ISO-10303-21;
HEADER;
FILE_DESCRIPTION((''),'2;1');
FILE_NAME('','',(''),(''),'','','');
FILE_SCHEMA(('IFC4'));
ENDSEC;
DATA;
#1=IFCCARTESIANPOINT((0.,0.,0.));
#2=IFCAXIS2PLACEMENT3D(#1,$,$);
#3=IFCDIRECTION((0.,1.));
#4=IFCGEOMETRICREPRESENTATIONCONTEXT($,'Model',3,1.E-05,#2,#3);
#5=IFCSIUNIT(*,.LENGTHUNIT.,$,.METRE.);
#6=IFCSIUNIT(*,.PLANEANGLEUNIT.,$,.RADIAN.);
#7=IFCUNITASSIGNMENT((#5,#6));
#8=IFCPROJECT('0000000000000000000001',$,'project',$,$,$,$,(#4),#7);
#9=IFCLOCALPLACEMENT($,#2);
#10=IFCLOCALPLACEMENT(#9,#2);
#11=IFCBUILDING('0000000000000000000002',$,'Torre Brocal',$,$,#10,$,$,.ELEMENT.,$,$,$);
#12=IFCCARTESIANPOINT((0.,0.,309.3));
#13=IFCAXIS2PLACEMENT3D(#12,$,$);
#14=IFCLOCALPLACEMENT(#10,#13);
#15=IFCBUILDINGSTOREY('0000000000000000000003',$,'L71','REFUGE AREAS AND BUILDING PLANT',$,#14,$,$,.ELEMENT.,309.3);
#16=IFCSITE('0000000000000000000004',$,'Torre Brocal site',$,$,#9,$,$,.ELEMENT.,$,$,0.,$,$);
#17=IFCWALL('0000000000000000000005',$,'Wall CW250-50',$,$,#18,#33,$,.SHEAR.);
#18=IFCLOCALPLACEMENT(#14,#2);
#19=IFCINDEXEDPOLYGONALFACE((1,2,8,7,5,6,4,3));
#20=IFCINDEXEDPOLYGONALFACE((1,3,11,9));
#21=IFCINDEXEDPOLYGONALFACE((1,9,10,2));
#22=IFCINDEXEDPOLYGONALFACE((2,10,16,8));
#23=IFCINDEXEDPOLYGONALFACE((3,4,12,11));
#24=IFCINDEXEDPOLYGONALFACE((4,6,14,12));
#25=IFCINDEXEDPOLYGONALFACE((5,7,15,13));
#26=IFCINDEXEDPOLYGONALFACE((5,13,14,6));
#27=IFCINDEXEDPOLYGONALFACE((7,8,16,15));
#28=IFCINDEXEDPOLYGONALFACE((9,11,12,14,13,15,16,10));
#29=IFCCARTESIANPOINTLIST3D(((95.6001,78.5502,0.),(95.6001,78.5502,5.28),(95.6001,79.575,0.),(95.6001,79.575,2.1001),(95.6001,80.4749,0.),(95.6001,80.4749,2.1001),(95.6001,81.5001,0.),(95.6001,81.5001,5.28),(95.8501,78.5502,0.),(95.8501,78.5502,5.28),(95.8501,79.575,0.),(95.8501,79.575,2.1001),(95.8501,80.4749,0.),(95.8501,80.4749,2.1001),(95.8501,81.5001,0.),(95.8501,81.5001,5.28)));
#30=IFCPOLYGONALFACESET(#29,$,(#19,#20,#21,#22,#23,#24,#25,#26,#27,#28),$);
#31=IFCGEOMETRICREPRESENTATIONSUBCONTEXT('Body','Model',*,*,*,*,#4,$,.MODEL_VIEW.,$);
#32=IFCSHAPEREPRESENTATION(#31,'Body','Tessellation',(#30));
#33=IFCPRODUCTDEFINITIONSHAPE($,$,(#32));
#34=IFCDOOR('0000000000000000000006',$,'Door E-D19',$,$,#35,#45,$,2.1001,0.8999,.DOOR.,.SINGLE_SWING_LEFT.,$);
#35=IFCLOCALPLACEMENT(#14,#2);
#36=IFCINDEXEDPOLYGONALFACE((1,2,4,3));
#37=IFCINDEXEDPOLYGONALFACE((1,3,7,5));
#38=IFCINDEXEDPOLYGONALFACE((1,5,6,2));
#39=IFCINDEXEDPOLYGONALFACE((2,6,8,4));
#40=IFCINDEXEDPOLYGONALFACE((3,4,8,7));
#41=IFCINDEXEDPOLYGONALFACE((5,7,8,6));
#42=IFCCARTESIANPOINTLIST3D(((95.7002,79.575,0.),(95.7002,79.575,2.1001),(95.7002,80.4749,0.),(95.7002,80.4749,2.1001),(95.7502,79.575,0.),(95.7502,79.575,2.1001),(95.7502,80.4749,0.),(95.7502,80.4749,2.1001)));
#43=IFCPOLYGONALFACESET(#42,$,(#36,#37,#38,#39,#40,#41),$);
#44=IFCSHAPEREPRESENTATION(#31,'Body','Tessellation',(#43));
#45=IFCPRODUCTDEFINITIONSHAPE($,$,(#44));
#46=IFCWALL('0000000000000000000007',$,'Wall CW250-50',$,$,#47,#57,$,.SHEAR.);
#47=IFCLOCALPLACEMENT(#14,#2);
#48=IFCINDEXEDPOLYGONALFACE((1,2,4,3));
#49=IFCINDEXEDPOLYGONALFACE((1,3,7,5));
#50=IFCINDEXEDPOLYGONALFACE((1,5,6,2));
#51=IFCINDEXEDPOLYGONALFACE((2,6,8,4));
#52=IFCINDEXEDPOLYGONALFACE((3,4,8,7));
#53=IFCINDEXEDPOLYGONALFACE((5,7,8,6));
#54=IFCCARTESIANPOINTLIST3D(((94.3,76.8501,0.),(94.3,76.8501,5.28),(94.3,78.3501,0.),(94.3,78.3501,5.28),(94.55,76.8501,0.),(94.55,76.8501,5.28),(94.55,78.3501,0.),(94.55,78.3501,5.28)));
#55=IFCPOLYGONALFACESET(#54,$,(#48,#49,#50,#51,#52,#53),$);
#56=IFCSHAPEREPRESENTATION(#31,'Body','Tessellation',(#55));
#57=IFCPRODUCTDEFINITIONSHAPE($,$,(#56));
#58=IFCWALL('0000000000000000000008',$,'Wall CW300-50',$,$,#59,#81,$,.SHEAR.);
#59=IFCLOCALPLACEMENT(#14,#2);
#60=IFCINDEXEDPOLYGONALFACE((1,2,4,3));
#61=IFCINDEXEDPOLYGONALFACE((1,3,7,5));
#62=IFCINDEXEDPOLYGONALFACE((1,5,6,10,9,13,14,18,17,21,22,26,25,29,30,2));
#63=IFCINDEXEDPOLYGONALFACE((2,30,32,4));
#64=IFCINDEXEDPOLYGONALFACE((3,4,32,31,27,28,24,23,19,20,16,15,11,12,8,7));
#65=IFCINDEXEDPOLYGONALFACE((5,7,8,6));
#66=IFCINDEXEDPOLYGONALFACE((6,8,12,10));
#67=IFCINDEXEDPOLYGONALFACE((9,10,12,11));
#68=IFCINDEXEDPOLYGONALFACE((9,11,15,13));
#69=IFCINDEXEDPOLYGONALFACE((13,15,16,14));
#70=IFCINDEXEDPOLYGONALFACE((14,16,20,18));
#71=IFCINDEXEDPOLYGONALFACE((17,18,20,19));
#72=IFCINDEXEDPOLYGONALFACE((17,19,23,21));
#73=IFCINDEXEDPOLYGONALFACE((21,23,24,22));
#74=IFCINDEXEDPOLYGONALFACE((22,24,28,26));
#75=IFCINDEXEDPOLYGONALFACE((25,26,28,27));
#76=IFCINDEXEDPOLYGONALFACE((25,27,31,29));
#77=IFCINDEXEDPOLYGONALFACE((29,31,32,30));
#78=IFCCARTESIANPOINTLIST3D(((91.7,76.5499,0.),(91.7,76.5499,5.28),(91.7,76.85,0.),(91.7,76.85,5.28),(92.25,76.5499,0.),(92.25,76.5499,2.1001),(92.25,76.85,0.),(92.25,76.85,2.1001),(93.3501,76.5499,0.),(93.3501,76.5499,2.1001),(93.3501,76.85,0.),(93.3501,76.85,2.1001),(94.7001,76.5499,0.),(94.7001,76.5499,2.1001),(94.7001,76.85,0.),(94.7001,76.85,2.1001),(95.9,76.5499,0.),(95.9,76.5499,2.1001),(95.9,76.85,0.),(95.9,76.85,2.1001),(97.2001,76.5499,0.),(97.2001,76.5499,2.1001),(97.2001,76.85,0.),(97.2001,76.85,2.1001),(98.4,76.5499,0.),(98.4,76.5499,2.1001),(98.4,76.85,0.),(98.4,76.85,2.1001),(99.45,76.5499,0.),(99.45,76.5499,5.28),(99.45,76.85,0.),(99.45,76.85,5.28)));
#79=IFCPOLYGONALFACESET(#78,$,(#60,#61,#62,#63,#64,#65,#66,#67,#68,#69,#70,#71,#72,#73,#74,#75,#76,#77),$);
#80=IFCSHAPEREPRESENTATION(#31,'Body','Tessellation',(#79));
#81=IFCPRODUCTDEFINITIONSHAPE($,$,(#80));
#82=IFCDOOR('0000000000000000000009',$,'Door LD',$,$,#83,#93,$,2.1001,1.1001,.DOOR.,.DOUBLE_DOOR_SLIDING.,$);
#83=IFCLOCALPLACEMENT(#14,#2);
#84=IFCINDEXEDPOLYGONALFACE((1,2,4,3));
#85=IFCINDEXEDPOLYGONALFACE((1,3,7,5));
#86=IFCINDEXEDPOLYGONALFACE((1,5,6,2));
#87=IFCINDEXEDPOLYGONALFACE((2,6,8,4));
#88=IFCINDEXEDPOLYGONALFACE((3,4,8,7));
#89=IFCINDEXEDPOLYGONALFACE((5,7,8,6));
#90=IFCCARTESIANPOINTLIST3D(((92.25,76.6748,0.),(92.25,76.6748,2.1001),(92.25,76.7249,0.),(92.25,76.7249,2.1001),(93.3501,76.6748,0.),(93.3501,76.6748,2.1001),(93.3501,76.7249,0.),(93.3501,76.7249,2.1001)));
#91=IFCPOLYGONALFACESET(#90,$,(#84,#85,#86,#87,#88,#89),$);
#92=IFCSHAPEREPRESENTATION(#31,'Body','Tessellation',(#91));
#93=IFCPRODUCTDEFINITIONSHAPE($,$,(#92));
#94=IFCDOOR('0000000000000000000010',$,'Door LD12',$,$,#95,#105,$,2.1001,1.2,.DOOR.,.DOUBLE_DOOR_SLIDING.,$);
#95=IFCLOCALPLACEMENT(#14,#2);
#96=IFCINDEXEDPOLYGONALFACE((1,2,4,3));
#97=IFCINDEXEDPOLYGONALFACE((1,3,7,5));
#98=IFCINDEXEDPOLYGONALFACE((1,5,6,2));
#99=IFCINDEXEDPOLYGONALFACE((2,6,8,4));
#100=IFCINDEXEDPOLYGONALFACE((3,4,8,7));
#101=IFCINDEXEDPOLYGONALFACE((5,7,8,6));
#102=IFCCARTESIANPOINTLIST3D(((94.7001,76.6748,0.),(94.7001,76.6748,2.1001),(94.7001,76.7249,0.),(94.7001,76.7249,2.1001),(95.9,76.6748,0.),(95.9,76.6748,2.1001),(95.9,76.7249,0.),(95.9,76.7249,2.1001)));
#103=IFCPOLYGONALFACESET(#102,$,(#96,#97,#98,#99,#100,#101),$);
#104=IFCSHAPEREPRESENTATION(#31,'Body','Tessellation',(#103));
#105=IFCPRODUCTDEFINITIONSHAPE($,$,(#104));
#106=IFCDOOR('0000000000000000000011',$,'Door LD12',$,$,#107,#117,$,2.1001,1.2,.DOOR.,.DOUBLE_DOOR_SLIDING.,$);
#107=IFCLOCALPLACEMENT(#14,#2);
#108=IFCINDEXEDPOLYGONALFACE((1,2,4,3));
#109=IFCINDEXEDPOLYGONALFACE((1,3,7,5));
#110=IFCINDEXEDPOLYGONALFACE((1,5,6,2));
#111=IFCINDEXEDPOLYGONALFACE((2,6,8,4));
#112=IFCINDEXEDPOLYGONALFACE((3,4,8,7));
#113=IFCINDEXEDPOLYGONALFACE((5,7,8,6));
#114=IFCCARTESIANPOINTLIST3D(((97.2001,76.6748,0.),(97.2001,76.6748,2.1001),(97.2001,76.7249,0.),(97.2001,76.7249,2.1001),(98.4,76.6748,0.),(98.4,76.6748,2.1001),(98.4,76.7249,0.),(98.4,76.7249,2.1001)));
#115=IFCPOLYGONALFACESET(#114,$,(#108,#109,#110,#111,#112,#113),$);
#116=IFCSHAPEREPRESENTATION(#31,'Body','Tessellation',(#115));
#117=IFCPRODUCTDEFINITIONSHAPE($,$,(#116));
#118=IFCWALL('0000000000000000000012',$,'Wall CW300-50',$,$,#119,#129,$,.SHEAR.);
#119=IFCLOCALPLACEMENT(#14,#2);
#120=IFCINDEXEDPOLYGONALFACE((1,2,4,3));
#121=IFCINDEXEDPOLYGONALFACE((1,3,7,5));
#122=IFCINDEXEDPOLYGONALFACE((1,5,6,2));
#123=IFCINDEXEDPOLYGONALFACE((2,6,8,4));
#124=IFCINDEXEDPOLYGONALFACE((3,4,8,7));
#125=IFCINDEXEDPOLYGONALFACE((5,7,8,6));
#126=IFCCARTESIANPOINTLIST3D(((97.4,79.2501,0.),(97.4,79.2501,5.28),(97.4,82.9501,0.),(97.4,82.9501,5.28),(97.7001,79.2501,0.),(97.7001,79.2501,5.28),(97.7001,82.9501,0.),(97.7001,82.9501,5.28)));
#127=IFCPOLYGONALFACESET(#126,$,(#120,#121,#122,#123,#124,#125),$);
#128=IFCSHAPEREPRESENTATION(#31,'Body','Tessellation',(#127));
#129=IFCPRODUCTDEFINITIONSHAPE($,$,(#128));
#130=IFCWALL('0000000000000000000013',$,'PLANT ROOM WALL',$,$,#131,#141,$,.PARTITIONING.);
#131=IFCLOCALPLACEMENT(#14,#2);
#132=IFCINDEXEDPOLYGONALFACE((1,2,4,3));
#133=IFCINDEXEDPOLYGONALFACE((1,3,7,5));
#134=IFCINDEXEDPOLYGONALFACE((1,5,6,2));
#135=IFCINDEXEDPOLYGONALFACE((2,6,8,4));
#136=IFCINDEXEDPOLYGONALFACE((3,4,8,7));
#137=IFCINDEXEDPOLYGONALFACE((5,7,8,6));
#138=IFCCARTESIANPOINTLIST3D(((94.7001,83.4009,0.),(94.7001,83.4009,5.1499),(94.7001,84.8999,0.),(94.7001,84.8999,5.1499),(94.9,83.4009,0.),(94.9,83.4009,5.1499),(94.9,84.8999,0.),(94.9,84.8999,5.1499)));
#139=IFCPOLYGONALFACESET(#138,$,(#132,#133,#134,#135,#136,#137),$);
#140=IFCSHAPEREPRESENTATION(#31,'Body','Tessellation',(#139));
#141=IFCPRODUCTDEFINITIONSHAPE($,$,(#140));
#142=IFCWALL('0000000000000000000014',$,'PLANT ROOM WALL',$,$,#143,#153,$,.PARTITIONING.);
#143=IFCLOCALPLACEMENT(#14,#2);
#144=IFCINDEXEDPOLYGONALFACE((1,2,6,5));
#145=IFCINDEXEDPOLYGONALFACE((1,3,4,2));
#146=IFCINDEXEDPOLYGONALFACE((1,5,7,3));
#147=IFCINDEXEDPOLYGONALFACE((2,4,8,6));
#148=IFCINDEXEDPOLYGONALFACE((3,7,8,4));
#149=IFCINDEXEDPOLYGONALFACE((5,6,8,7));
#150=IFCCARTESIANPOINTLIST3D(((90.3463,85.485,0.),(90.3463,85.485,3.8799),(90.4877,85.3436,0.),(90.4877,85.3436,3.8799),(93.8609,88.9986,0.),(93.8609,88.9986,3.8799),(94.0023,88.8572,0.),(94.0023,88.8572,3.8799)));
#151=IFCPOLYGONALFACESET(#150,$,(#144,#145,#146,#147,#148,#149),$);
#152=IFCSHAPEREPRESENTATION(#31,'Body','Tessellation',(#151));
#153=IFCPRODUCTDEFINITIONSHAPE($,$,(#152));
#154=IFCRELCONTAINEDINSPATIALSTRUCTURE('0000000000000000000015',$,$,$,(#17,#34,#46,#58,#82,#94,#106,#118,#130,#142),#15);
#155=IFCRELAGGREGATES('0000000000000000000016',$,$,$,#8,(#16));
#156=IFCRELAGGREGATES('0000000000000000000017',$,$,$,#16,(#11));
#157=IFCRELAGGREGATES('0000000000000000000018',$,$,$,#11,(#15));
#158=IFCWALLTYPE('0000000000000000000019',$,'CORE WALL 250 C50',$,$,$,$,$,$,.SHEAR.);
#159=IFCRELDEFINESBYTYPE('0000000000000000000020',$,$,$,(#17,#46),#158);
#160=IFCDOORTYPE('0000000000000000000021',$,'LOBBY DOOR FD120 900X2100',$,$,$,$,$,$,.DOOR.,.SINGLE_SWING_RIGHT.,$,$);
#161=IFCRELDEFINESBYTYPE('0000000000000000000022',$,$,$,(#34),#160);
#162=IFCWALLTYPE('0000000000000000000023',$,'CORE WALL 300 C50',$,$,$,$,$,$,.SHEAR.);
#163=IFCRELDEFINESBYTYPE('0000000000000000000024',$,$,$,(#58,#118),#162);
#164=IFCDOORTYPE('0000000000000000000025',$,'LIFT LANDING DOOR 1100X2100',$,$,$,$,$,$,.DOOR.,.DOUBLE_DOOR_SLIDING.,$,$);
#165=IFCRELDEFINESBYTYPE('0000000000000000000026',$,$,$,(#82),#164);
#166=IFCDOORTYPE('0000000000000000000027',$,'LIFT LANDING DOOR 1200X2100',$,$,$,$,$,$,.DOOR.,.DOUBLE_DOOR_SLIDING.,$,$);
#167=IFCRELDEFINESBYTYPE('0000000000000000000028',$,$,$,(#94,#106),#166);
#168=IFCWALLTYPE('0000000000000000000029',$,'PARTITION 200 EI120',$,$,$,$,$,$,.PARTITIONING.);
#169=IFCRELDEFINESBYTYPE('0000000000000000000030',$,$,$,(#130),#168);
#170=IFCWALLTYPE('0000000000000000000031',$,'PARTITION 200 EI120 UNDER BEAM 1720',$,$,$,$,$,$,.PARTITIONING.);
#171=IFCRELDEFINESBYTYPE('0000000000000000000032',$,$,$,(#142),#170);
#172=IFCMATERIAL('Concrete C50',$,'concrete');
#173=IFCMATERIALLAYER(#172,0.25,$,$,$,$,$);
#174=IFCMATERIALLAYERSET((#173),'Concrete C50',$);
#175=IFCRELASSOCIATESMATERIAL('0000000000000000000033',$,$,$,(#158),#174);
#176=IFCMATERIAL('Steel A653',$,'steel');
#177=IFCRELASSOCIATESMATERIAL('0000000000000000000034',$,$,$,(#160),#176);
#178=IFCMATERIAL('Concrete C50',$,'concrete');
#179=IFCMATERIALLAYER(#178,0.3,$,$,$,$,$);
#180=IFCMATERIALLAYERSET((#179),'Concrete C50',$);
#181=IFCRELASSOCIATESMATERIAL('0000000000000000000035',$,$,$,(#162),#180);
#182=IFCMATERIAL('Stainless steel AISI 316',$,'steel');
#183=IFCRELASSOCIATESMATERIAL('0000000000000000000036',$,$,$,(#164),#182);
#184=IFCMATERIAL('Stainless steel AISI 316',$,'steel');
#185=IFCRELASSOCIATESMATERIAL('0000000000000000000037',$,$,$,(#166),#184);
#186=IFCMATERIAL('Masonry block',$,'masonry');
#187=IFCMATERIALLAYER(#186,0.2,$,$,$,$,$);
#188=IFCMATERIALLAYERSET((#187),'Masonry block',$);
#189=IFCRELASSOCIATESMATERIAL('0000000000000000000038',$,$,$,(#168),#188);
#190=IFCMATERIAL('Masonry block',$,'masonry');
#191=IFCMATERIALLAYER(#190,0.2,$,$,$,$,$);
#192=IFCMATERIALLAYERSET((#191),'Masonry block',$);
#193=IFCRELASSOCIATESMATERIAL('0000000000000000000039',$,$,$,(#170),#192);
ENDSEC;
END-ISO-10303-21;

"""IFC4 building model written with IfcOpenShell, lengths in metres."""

from ifc_helpers import new_model, si_unit, direction, frame, frame_2d, origin, place, context, subcontext, project, spatial, rectangle, extrude, material, layer, layer_set, type_object, element, fill, save


model = new_model("IFC4")

# Units and contexts
model_context = context("Model", 3, precision=1e-05, world=origin(), true_north=direction((0.0, 1.0)))
body_context = subcontext(model_context, "Body", "Model", "MODEL_VIEW")
ifc_project = project(units=[si_unit("LENGTHUNIT", "METRE"), si_unit("PLANEANGLEUNIT", "RADIAN")], contexts=[model_context])

# Site, building, storey
site_placement = place(None, origin())
site = spatial("IfcSite", under=ifc_project, at=site_placement, Name="Torre Brocal site", CompositionType="ELEMENT", RefElevation=0.0)
building_placement = place(site_placement, origin())
building = spatial("IfcBuilding", under=site, at=building_placement, Name="Torre Brocal", CompositionType="ELEMENT")
storey_placement = place(building_placement, frame((0.0, 0.0, 309.3)))
storey = spatial("IfcBuildingStorey", under=building, at=storey_placement, Name="L71", Description="REFUGE AREAS AND BUILDING PLANT", CompositionType="ELEMENT", Elevation=309.3)

# Wall, opening, door
ifc_material_1 = material(Name="Concrete C50", Category="concrete")
ifc_layer_1 = layer(ifc_material_1, 0.25)
ifc_layer_set_1 = layer_set([ifc_layer_1], Name="Concrete C50")
wall_type_1 = type_object("IfcWallType", Name="CORE WALL 250 C50", PredefinedType="SHEAR", material=ifc_layer_set_1)
wall_1_placement = place(storey_placement, frame((95.7251, 78.55, 0.0), z_axis=(0.0, 0.0, 1.0), x_axis=(0.0, 1.0, 0.0)))
wall_1 = element("IfcWall", 1, at=wall_1_placement, inside=storey, type_object=wall_type_1, Name="Wall CW250-50", PredefinedType="SHEAR", context=body_context, shape_type="SweptSolid", body=[
    extrude(rectangle(XDim=2.95, YDim=0.25, at=frame_2d((1.4751, 0.0))), origin(), (0.0, 0.0, 1.0), 5.28),
])
opening_1_placement = place(wall_1_placement, frame((1.0249, 0.0, 0.0)))
opening_1 = element("IfcOpeningElement", 2, at=opening_1_placement, cuts=wall_1, PredefinedType="OPENING", context=body_context, shape_type="SweptSolid", body=[
    extrude(rectangle(XDim=0.8999, YDim=2.1001, at=frame_2d((0.45, 1.05))), frame((0.0, 0.135, 0.0), z_axis=(0.0, -1.0, 0.0), x_axis=(1.0, 0.0, 0.0)), (0.0, 0.0, 1.0), 0.27),
])
ifc_material_2 = material(Name="Steel A653", Category="steel")
door_type_1 = type_object("IfcDoorType", Name="LOBBY DOOR FD120 900X2100", OperationType="SINGLE_SWING_RIGHT", PredefinedType="DOOR", material=ifc_material_2)
door_1_placement = place(opening_1_placement, origin())
door_1 = element("IfcDoor", 3, at=door_1_placement, inside=storey, type_object=door_type_1, Name="Door E-D19", OperationType="SINGLE_SWING_LEFT", OverallHeight=2.1001, OverallWidth=0.8999, PredefinedType="DOOR", context=body_context, shape_type="SweptSolid", body=[
    extrude(rectangle(XDim=0.8999, YDim=2.1001, at=frame_2d((0.45, 1.05))), frame((0.0, 0.0249, 0.0), z_axis=(0.0, -1.0, 0.0), x_axis=(1.0, 0.0, 0.0)), (0.0, 0.0, 1.0), 0.05),
])
fill(opening_1, door_1)

# Wall
wall_2_placement = place(storey_placement, frame((94.425, 76.8501, 0.0), z_axis=(0.0, 0.0, 1.0), x_axis=(0.0, 1.0, 0.0)))
element("IfcWall", 4, at=wall_2_placement, inside=storey, type_object=wall_type_1, Name="Wall CW250-50", PredefinedType="SHEAR", context=body_context, shape_type="SweptSolid", body=[
    extrude(rectangle(XDim=1.5, YDim=0.25, at=frame_2d((0.75, 0.0))), origin(), (0.0, 0.0, 1.0), 5.28),
])

# Wall, openings, doors
ifc_material_3 = material(Name="Concrete C50", Category="concrete")
ifc_layer_2 = layer(ifc_material_3, 0.3)
ifc_layer_set_2 = layer_set([ifc_layer_2], Name="Concrete C50")
wall_type_2 = type_object("IfcWallType", Name="CORE WALL 300 C50", PredefinedType="SHEAR", material=ifc_layer_set_2)
wall_3_placement = place(storey_placement, frame((91.7, 76.7, 0.0), z_axis=(0.0, 0.0, 1.0), x_axis=(1.0, 0.0, 0.0)))
wall_3 = element("IfcWall", 5, at=wall_3_placement, inside=storey, type_object=wall_type_2, Name="Wall CW300-50", PredefinedType="SHEAR", context=body_context, shape_type="SweptSolid", body=[
    extrude(rectangle(XDim=7.75, YDim=0.3, at=frame_2d((3.875, 0.0))), origin(), (0.0, 0.0, 1.0), 5.28),
])
opening_2_placement = place(wall_3_placement, frame((0.55, 0.0, 0.0)))
opening_2 = element("IfcOpeningElement", 6, at=opening_2_placement, cuts=wall_3, PredefinedType="OPENING", context=body_context, shape_type="SweptSolid", body=[
    extrude(rectangle(XDim=1.1001, YDim=2.1001, at=frame_2d((0.55, 1.05))), frame((0.0, 0.1599, 0.0), z_axis=(0.0, -1.0, 0.0), x_axis=(1.0, 0.0, 0.0)), (0.0, 0.0, 1.0), 0.3201),
])
opening_3_placement = place(wall_3_placement, frame((3.0, 0.0, 0.0)))
opening_3 = element("IfcOpeningElement", 7, at=opening_3_placement, cuts=wall_3, PredefinedType="OPENING", context=body_context, shape_type="SweptSolid", body=[
    extrude(rectangle(XDim=1.2, YDim=2.1001, at=frame_2d((0.6001, 1.05))), frame((0.0, 0.1599, 0.0), z_axis=(0.0, -1.0, 0.0), x_axis=(1.0, 0.0, 0.0)), (0.0, 0.0, 1.0), 0.3201),
])
opening_4_placement = place(wall_3_placement, frame((5.5, 0.0, 0.0)))
opening_4 = element("IfcOpeningElement", 8, at=opening_4_placement, cuts=wall_3, PredefinedType="OPENING", context=body_context, shape_type="SweptSolid", body=[
    extrude(rectangle(XDim=1.2, YDim=2.1001, at=frame_2d((0.6001, 1.05))), frame((0.0, 0.1599, 0.0), z_axis=(0.0, -1.0, 0.0), x_axis=(1.0, 0.0, 0.0)), (0.0, 0.0, 1.0), 0.3201),
])
ifc_material_4 = material(Name="Stainless steel AISI 316", Category="steel")
door_type_2 = type_object("IfcDoorType", Name="LIFT LANDING DOOR 1100X2100", OperationType="DOUBLE_DOOR_SLIDING", PredefinedType="DOOR", material=ifc_material_4)
door_2_placement = place(opening_2_placement, origin())
door_2 = element("IfcDoor", 9, at=door_2_placement, inside=storey, type_object=door_type_2, Name="Door LD", OperationType="DOUBLE_DOOR_SLIDING", OverallHeight=2.1001, OverallWidth=1.1001, PredefinedType="DOOR", context=body_context, shape_type="SweptSolid", body=[
    extrude(rectangle(XDim=1.1001, YDim=2.1001, at=frame_2d((0.55, 1.05))), frame((0.0, 0.0249, 0.0), z_axis=(0.0, -1.0, 0.0), x_axis=(1.0, 0.0, 0.0)), (0.0, 0.0, 1.0), 0.05),
])
fill(opening_2, door_2)
ifc_material_5 = material(Name="Stainless steel AISI 316", Category="steel")
door_type_3 = type_object("IfcDoorType", Name="LIFT LANDING DOOR 1200X2100", OperationType="DOUBLE_DOOR_SLIDING", PredefinedType="DOOR", material=ifc_material_5)
door_3_placement = place(opening_3_placement, origin())
door_3 = element("IfcDoor", 10, at=door_3_placement, inside=storey, type_object=door_type_3, Name="Door LD12", OperationType="DOUBLE_DOOR_SLIDING", OverallHeight=2.1001, OverallWidth=1.2, PredefinedType="DOOR", context=body_context, shape_type="SweptSolid", body=[
    extrude(rectangle(XDim=1.2, YDim=2.1001, at=frame_2d((0.6001, 1.05))), frame((0.0, 0.0249, 0.0), z_axis=(0.0, -1.0, 0.0), x_axis=(1.0, 0.0, 0.0)), (0.0, 0.0, 1.0), 0.05),
])
fill(opening_3, door_3)
door_4_placement = place(opening_4_placement, origin())
door_4 = element("IfcDoor", 11, at=door_4_placement, inside=storey, type_object=door_type_3, Name="Door LD12", OperationType="DOUBLE_DOOR_SLIDING", OverallHeight=2.1001, OverallWidth=1.2, PredefinedType="DOOR", context=body_context, shape_type="SweptSolid", body=[
    extrude(rectangle(XDim=1.2, YDim=2.1001, at=frame_2d((0.6001, 1.05))), frame((0.0, 0.0249, 0.0), z_axis=(0.0, -1.0, 0.0), x_axis=(1.0, 0.0, 0.0)), (0.0, 0.0, 1.0), 0.05),
])
fill(opening_4, door_4)

# Wall
wall_4_placement = place(storey_placement, frame((97.55, 79.25, 0.0), z_axis=(0.0, 0.0, 1.0), x_axis=(0.0, 1.0, 0.0)))
element("IfcWall", 12, at=wall_4_placement, inside=storey, type_object=wall_type_2, Name="Wall CW300-50", PredefinedType="SHEAR", context=body_context, shape_type="SweptSolid", body=[
    extrude(rectangle(XDim=3.7, YDim=0.3, at=frame_2d((1.8501, 0.0))), origin(), (0.0, 0.0, 1.0), 5.28),
])

# Shared definitions
ifc_material_6 = material(Name="Masonry block", Category="masonry")
ifc_layer_3 = layer(ifc_material_6, 0.2)
ifc_layer_set_3 = layer_set([ifc_layer_3], Name="Masonry block")
wall_type_3 = type_object("IfcWallType", Name="PARTITION 200 EI120", PredefinedType="PARTITIONING", material=ifc_layer_set_3)

# Walls
wall_5_placement = place(storey_placement, frame((94.8, 83.4009, 0.0), z_axis=(0.0, 0.0, 1.0), x_axis=(0.0, 1.0, 0.0)))
element("IfcWall", 13, at=wall_5_placement, inside=storey, type_object=wall_type_3, Name="PLANT ROOM WALL", PredefinedType="PARTITIONING", context=body_context, shape_type="SweptSolid", body=[
    extrude(rectangle(XDim=1.499, YDim=0.2, at=frame_2d((0.7495, 0.0))), origin(), (0.0, 0.0, 1.0), 5.1499),
])
ifc_material_7 = material(Name="Masonry block", Category="masonry")
ifc_layer_4 = layer(ifc_material_7, 0.2)
ifc_layer_set_4 = layer_set([ifc_layer_4], Name="Masonry block")
wall_type_4 = type_object("IfcWallType", Name="PARTITION 200 EI120 UNDER BEAM 1720", PredefinedType="PARTITIONING", material=ifc_layer_set_4)
wall_6_placement = place(storey_placement, frame((90.417, 85.4143, 0.0), z_axis=(0.0, 0.0, 1.0), x_axis=(0.707205, 0.707009, 0.0)))
element("IfcWall", 14, at=wall_6_placement, inside=storey, type_object=wall_type_4, Name="PLANT ROOM WALL", PredefinedType="PARTITIONING", context=body_context, shape_type="SweptSolid", body=[
    extrude(rectangle(XDim=4.9697, YDim=0.2, at=frame_2d((2.4849, 0.0))), origin(), (0.0, 0.0, 1.0), 3.8799),
])

save(model, "model.ifc")
